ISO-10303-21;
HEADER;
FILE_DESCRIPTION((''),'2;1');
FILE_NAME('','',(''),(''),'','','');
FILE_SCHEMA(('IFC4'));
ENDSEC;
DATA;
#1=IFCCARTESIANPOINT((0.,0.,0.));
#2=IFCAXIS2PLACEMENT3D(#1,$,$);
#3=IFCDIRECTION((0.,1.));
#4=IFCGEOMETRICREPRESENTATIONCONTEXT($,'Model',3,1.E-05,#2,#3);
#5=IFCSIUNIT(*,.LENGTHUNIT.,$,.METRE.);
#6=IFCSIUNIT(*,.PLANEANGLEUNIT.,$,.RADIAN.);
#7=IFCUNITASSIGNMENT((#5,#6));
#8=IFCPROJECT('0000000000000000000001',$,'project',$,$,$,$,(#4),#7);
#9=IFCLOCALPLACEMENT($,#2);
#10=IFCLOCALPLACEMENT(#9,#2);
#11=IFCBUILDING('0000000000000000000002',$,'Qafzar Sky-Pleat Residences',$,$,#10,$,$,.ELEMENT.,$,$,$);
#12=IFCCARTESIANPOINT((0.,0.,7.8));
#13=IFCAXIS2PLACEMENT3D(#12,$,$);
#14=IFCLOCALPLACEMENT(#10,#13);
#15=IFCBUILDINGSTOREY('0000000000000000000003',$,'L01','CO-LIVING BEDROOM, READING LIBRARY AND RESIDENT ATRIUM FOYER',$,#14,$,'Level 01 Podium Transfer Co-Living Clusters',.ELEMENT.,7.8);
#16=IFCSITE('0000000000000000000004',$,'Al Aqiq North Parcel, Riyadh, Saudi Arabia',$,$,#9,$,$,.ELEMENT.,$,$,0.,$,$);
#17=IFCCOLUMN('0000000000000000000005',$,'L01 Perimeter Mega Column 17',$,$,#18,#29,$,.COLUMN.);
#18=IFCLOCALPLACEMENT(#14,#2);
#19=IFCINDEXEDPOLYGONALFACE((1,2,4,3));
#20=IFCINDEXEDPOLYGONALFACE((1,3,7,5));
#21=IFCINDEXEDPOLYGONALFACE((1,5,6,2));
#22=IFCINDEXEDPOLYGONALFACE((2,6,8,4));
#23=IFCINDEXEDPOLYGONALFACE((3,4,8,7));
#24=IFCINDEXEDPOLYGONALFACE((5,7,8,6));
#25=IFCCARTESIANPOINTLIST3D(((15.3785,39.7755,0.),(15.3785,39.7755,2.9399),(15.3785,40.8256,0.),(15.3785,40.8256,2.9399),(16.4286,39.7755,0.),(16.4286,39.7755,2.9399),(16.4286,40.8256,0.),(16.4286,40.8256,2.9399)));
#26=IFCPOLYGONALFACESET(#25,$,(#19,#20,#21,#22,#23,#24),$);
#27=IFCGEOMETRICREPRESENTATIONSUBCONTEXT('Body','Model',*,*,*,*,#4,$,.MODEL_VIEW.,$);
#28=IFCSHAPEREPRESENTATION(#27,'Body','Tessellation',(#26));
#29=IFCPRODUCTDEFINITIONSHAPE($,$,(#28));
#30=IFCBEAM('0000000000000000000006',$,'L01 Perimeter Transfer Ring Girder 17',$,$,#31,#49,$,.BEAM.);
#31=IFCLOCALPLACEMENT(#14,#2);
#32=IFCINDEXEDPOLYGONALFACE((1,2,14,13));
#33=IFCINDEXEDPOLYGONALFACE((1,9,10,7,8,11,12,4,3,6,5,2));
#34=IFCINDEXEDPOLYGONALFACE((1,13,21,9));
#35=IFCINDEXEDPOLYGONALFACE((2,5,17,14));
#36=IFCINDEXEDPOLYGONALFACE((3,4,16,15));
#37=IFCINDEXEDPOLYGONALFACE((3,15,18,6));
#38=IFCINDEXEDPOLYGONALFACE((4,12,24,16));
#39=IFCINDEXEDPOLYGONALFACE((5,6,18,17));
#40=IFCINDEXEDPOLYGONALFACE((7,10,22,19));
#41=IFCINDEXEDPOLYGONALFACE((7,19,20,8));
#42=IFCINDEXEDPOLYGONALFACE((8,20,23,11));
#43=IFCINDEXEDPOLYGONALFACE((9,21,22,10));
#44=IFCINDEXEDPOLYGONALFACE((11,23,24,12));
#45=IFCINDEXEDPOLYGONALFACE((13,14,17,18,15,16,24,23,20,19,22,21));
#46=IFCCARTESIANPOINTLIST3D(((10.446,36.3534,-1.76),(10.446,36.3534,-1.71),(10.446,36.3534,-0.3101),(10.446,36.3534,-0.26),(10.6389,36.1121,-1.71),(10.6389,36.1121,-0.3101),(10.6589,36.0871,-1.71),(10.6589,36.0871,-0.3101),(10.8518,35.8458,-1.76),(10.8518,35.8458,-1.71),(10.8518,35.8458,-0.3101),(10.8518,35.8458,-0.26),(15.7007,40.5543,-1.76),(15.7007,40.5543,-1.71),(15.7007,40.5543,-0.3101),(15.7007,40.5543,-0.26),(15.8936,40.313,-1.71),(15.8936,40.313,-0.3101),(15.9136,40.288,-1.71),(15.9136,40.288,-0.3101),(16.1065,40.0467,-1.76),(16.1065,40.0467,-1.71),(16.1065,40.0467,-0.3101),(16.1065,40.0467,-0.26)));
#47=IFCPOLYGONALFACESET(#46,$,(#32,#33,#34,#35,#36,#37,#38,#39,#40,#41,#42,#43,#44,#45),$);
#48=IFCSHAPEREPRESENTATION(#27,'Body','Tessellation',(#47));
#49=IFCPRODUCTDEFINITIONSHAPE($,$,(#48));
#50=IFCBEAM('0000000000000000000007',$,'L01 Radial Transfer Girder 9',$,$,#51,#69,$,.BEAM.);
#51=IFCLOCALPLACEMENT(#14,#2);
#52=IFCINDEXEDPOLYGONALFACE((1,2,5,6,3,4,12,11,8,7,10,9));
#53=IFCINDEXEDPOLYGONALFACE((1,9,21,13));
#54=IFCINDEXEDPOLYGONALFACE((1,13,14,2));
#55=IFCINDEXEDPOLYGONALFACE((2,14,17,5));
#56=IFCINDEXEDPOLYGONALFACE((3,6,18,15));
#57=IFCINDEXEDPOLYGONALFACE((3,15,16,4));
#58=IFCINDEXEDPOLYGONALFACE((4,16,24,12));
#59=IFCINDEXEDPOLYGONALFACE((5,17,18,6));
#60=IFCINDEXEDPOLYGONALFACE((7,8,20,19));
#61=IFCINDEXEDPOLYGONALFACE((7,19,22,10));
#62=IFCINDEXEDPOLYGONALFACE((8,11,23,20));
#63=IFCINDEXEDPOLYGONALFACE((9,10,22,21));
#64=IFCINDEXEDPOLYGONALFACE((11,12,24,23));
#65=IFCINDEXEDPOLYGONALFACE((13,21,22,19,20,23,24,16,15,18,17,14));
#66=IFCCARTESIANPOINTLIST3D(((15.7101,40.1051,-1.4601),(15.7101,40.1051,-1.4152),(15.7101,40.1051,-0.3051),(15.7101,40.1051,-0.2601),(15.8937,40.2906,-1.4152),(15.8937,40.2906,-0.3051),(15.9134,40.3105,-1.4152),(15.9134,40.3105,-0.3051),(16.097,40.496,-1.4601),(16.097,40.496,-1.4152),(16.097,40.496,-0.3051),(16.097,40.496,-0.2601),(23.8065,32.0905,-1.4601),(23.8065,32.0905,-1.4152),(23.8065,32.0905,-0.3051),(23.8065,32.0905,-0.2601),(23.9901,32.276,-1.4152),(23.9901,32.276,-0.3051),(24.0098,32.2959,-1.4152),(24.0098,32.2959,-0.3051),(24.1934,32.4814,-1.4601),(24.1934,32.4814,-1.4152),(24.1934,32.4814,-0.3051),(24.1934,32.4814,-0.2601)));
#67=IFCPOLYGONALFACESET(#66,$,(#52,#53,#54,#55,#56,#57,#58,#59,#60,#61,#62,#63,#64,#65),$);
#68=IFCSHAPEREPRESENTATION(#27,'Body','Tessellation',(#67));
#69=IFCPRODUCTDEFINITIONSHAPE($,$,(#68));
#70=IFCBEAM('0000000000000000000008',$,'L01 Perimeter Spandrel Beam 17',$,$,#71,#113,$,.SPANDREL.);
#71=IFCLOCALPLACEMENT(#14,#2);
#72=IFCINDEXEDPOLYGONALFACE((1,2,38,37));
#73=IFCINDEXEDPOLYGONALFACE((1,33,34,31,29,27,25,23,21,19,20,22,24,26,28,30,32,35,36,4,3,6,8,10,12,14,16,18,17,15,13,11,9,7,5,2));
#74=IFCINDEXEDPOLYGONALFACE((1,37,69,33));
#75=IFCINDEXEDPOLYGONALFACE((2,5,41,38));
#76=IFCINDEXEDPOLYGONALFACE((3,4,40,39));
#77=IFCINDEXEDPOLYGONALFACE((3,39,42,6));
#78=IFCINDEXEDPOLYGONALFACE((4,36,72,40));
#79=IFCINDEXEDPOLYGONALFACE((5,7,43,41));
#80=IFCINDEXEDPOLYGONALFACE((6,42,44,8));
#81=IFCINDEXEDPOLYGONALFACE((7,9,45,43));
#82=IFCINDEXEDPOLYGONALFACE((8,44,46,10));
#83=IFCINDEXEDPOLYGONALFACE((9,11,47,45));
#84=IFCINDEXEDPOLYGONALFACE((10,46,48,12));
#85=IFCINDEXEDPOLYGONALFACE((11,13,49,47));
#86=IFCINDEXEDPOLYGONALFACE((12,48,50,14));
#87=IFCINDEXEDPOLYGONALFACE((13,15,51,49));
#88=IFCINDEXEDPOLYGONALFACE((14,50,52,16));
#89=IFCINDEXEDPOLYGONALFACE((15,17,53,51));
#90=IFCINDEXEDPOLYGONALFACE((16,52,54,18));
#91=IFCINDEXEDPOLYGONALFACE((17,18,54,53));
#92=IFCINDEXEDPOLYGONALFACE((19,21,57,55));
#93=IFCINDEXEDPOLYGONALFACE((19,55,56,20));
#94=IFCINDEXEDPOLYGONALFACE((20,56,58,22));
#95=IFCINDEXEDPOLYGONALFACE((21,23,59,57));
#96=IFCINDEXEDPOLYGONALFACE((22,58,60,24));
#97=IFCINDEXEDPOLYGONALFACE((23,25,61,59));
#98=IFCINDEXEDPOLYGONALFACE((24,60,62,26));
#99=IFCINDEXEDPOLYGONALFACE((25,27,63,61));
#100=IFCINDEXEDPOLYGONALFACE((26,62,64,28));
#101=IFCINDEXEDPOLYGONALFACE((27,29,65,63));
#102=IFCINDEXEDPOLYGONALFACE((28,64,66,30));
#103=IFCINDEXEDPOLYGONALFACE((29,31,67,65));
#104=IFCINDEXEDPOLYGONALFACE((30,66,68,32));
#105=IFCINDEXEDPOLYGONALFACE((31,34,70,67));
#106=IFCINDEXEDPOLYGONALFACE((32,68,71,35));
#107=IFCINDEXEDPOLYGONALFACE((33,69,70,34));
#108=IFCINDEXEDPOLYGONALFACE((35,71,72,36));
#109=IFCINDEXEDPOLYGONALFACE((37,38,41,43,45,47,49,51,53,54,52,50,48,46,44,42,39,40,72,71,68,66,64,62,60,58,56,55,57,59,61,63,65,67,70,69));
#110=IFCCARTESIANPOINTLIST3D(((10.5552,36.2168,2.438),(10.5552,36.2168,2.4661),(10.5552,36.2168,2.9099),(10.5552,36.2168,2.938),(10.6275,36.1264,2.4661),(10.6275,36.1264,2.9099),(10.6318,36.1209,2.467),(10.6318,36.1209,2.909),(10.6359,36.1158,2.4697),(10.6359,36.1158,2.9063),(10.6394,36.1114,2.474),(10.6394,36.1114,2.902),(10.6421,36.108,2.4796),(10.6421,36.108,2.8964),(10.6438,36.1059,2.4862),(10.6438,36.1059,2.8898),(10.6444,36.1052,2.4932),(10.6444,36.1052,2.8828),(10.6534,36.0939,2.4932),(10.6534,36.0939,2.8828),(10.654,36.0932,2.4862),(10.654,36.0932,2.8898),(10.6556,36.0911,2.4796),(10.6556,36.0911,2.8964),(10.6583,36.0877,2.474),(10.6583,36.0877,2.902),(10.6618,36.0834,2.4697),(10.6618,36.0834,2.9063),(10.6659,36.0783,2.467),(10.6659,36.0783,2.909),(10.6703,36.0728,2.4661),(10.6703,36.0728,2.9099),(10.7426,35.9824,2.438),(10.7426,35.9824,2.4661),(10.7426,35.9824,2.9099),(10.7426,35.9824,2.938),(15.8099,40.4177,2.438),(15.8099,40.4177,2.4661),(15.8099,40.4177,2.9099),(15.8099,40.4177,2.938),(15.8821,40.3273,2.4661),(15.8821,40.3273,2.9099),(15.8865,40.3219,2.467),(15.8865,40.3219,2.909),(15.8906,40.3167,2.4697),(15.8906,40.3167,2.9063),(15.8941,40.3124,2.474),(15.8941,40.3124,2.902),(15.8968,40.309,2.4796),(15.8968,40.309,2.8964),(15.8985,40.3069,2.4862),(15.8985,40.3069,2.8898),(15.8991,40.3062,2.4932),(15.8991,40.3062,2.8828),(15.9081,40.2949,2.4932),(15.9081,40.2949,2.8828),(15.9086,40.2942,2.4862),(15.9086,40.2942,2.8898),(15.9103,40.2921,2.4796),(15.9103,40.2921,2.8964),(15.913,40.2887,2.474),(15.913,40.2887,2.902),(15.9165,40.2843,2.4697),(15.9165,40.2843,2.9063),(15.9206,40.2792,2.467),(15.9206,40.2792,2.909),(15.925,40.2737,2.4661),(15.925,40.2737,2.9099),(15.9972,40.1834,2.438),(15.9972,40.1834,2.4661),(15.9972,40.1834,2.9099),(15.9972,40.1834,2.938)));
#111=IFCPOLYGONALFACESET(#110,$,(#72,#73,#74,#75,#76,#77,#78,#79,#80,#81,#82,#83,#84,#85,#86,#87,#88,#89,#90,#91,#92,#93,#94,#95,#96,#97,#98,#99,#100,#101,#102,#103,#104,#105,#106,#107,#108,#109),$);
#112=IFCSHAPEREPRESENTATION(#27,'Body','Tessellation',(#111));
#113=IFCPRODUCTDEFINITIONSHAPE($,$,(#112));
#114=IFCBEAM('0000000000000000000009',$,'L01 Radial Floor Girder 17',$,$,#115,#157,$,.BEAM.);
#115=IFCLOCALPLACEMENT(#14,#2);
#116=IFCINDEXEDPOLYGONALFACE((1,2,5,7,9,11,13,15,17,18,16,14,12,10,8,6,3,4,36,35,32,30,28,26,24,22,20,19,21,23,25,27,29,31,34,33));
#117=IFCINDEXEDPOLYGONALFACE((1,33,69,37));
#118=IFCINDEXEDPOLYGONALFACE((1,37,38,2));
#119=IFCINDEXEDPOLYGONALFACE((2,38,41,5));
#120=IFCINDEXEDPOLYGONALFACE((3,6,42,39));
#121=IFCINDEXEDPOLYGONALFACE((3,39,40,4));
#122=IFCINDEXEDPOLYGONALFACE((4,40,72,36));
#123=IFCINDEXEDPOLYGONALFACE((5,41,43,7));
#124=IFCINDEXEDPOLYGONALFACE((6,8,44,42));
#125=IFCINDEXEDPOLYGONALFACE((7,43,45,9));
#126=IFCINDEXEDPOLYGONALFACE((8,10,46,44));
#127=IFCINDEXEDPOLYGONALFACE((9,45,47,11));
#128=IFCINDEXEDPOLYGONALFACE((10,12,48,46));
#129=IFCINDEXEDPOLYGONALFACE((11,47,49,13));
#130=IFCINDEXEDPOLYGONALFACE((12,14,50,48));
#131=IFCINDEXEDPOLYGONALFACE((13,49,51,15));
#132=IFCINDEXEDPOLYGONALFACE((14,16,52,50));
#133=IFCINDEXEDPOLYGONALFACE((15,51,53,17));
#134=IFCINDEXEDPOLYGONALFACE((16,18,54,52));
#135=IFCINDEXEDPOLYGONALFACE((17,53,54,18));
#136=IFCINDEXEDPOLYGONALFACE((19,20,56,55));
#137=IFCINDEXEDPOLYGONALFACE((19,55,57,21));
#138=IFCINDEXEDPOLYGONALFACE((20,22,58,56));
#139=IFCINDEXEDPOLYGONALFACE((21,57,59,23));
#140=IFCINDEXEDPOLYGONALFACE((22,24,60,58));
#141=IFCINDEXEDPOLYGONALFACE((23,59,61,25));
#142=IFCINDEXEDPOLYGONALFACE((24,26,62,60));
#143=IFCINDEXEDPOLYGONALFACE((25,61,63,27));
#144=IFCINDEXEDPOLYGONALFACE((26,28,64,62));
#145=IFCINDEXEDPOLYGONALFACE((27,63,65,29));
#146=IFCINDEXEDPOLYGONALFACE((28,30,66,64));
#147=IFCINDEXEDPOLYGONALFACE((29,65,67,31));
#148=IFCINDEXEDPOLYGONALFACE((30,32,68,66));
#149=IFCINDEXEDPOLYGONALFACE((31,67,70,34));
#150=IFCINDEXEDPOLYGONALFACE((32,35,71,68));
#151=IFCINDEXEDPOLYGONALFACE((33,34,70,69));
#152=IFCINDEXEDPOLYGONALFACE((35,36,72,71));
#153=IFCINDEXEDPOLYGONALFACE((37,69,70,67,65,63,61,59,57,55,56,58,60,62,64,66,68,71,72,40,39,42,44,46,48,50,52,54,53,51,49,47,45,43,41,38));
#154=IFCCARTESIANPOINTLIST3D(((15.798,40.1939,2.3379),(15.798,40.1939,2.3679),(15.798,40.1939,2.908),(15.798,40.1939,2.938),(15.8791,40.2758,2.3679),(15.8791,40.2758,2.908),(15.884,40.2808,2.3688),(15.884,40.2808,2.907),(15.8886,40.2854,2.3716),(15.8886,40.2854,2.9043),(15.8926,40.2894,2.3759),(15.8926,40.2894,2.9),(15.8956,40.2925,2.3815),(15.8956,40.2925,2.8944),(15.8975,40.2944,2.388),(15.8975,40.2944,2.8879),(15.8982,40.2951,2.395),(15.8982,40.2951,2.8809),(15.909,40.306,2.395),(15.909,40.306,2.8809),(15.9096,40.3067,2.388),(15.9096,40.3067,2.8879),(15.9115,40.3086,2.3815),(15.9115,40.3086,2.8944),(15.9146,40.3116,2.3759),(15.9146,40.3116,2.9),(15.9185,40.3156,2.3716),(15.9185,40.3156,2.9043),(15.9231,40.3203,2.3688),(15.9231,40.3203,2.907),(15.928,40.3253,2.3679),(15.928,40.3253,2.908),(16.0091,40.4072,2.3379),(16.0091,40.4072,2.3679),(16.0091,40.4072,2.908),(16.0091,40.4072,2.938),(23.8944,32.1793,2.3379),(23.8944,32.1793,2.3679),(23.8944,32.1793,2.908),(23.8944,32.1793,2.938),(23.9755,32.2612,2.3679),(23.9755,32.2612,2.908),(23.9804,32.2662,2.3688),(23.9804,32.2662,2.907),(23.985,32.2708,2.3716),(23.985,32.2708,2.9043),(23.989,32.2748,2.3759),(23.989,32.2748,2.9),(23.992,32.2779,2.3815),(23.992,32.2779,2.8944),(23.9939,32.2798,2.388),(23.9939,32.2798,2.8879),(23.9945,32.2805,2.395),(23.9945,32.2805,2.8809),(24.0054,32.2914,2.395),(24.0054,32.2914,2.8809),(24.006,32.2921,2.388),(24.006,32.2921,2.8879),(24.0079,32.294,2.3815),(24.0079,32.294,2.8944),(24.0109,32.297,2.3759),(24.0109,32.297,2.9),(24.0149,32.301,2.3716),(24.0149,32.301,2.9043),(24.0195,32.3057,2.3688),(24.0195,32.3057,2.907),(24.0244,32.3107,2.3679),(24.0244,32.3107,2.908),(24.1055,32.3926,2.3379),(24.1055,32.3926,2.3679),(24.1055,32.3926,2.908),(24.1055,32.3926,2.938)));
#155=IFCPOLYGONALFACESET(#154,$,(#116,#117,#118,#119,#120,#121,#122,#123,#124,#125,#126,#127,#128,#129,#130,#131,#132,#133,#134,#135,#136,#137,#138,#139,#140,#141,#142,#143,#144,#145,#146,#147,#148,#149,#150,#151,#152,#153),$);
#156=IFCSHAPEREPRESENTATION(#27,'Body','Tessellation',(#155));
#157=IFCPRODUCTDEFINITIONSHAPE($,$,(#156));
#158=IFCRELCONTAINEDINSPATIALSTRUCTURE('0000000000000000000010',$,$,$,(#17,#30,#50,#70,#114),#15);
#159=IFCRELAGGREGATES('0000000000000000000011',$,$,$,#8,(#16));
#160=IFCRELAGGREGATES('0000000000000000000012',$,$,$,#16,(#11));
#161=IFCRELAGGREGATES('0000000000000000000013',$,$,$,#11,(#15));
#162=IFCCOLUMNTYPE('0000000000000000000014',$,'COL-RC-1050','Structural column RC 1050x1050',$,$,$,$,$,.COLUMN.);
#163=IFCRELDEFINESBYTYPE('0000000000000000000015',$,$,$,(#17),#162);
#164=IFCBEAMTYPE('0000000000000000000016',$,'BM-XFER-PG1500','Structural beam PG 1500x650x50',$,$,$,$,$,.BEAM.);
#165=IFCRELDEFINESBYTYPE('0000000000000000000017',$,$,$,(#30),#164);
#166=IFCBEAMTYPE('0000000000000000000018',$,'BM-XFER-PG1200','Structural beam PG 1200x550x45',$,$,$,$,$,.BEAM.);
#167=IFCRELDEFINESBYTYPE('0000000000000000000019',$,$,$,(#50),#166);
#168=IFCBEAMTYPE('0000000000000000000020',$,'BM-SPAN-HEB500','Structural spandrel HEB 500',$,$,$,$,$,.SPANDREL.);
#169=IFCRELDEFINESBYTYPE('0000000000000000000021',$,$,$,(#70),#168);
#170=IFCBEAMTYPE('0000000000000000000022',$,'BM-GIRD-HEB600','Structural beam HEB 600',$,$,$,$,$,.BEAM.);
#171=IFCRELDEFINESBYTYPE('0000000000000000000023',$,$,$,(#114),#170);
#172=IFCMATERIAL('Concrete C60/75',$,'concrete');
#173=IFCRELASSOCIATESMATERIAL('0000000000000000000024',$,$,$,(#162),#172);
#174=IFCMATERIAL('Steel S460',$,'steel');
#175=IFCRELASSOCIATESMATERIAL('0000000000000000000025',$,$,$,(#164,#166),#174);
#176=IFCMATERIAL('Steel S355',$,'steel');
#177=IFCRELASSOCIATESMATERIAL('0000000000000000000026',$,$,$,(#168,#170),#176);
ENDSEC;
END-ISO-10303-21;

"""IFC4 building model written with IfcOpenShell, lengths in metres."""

from ifc_helpers import new_model, si_unit, direction, frame, origin, origin_2d, place, context, subcontext, project, spatial, rectangle, i_section, extrude, source, transform, mapped, material, material_profile, profile_set, type_object, element, save


model = new_model("IFC4")

# Units and contexts
model_context = context("Model", 3, precision=1e-05, world=origin(), true_north=direction((0.0, 1.0)))
body_context = subcontext(model_context, "Body", "Model", "MODEL_VIEW")
ifc_project = project(units=[si_unit("LENGTHUNIT", "METRE"), si_unit("PLANEANGLEUNIT", "RADIAN")], contexts=[model_context])

# Site, building, storey
site_placement = place(None, origin())
site = spatial("IfcSite", under=ifc_project, at=site_placement, Name="Al Aqiq North Parcel, Riyadh, Saudi Arabia", CompositionType="ELEMENT", RefElevation=0.0)
building_placement = place(site_placement, origin())
building = spatial("IfcBuilding", under=site, at=building_placement, Name="Qafzar Sky-Pleat Residences", CompositionType="ELEMENT")
storey_placement = place(building_placement, frame((0.0, 0.0, 7.8)))
storey = spatial("IfcBuildingStorey", under=building, at=storey_placement, Name="L01", Description="CO-LIVING BEDROOM, READING LIBRARY AND RESIDENT ATRIUM FOYER", LongName="Level 01 Podium Transfer Co-Living Clusters", CompositionType="ELEMENT", Elevation=7.8)

# Column
ifc_material_1 = material(Name="Concrete C60/75", Category="concrete")
ifc_material_profile_1 = material_profile(ifc_material_1, rectangle(XDim=1.05, YDim=1.05, at=origin_2d()), Name="RC 1050x1050")
ifc_profile_set_1 = profile_set([ifc_material_profile_1], Name="Concrete C60/75")
column_type = type_object("IfcColumnType", Name="COL-RC-1050", Description="Structural column RC 1050x1050", PredefinedType="COLUMN", material=ifc_profile_set_1)
shared_shape_1 = source(origin(), body_context, "Body", "SweptSolid", [
    extrude(rectangle(XDim=1.05, YDim=1.05, at=origin_2d()), origin(), (0.0, 0.0, 1.0), 2.9399),
])
column_placement = place(storey_placement, frame((15.9036, 40.3005, 0.0), z_axis=(0.0, 0.0, 1.0), x_axis=(1.0, 0.0, 0.0)))
element("IfcColumn", 1, at=column_placement, inside=storey, type_object=column_type, Name="L01 Perimeter Mega Column 17", PredefinedType="COLUMN", context=body_context, shape_type="MappedRepresentation", body=[
    mapped(shared_shape_1, transform((0.0, 0.0, 0.0), x_axis=(1.0, 0.0, 0.0), y_axis=(0.0, 1.0, 0.0), z_axis=(0.0, 0.0, 1.0), scale=1.0)),
])

# Beams
ifc_material_2 = material(Name="Steel S460", Category="steel")
ifc_material_profile_2 = material_profile(ifc_material_2, i_section(OverallWidth=0.6499, OverallDepth=1.5, WebThickness=0.032, FlangeThickness=0.05, at=origin_2d()), Name="PG 1500x650x50")
ifc_profile_set_2 = profile_set([ifc_material_profile_2], Name="Steel S460")
beam_type_1 = type_object("IfcBeamType", Name="BM-XFER-PG1500", Description="Structural beam PG 1500x650x50", PredefinedType="BEAM", material=ifc_profile_set_2)
shared_shape_2 = source(origin(), body_context, "Body", "SweptSolid", [
    extrude(i_section(OverallWidth=0.6499, OverallDepth=1.5, WebThickness=0.032, FlangeThickness=0.05, at=origin_2d()), origin(), (0.0, 0.0, 1.0), 6.7275),
])
beam_1_placement = place(storey_placement, frame((15.9036, 40.3005, -1.01), z_axis=(-0.781071, -0.624443, 0.0), x_axis=(0.624443, -0.781071, 0.0)))
element("IfcBeam", 2, at=beam_1_placement, inside=storey, type_object=beam_type_1, Name="L01 Perimeter Transfer Ring Girder 17", PredefinedType="BEAM", context=body_context, shape_type="MappedRepresentation", body=[
    mapped(shared_shape_2, transform((0.0, 0.0, 0.0), x_axis=(1.0, 0.0, 0.0), y_axis=(0.0, 1.0, 0.0), z_axis=(0.0, 0.0, 1.0), scale=1.0)),
])
ifc_material_profile_3 = material_profile(ifc_material_2, i_section(OverallWidth=0.55, OverallDepth=1.2, WebThickness=0.0281, FlangeThickness=0.0449, at=origin_2d()), Name="PG 1200x550x45")
ifc_profile_set_3 = profile_set([ifc_material_profile_3], Name="Steel S460")
beam_type_2 = type_object("IfcBeamType", Name="BM-XFER-PG1200", Description="Structural beam PG 1200x550x45", PredefinedType="BEAM", material=ifc_profile_set_3)
shared_shape_3 = source(origin(), body_context, "Body", "SweptSolid", [
    extrude(i_section(OverallWidth=0.55, OverallDepth=1.2, WebThickness=0.0281, FlangeThickness=0.0449, at=origin_2d()), origin(), (0.0, 0.0, 1.0), 11.3923),
])
beam_2_placement = place(storey_placement, frame((15.9036, 40.3005, -0.8601), z_axis=(0.710687, -0.703508, 0.0), x_axis=(0.703508, 0.710687, 0.0)))
element("IfcBeam", 3, at=beam_2_placement, inside=storey, type_object=beam_type_2, Name="L01 Radial Transfer Girder 9", PredefinedType="BEAM", context=body_context, shape_type="MappedRepresentation", body=[
    mapped(shared_shape_3, transform((0.0, 0.0, 0.0), x_axis=(1.0, 0.0, 0.0), y_axis=(0.0, 1.0, 0.0), z_axis=(0.0, 0.0, 1.0), scale=1.0)),
])
ifc_material_3 = material(Name="Steel S355", Category="steel")
ifc_material_profile_4 = material_profile(ifc_material_3, i_section(OverallWidth=0.3, OverallDepth=0.5, WebThickness=0.0144, FlangeThickness=0.0281, FilletRadius=0.0271, at=origin_2d()), Name="HEB 500")
ifc_profile_set_4 = profile_set([ifc_material_profile_4], Name="Steel S355")
beam_type_3 = type_object("IfcBeamType", Name="BM-SPAN-HEB500", Description="Structural spandrel HEB 500", PredefinedType="SPANDREL", material=ifc_profile_set_4)
shared_shape_4 = source(origin(), body_context, "Body", "SweptSolid", [
    extrude(i_section(OverallWidth=0.3, OverallDepth=0.5, WebThickness=0.0144, FlangeThickness=0.0281, FilletRadius=0.0271, at=origin_2d()), origin(), (0.0, 0.0, 1.0), 6.7275),
])
beam_3_placement = place(storey_placement, frame((15.9036, 40.3005, 2.688), z_axis=(-0.781071, -0.624443, 0.0), x_axis=(0.624443, -0.781071, 0.0)))
element("IfcBeam", 4, at=beam_3_placement, inside=storey, type_object=beam_type_3, Name="L01 Perimeter Spandrel Beam 17", PredefinedType="SPANDREL", context=body_context, shape_type="MappedRepresentation", body=[
    mapped(shared_shape_4, transform((0.0, 0.0, 0.0), x_axis=(1.0, 0.0, 0.0), y_axis=(0.0, 1.0, 0.0), z_axis=(0.0, 0.0, 1.0), scale=1.0)),
])
ifc_material_profile_5 = material_profile(ifc_material_3, i_section(OverallWidth=0.3, OverallDepth=0.6001, WebThickness=0.0154, FlangeThickness=0.03, FilletRadius=0.0271, at=origin_2d()), Name="HEB 600")
ifc_profile_set_5 = profile_set([ifc_material_profile_5], Name="Steel S355")
beam_type_4 = type_object("IfcBeamType", Name="BM-GIRD-HEB600", Description="Structural beam HEB 600", PredefinedType="BEAM", material=ifc_profile_set_5)
shared_shape_5 = source(origin(), body_context, "Body", "SweptSolid", [
    extrude(i_section(OverallWidth=0.3, OverallDepth=0.6001, WebThickness=0.0154, FlangeThickness=0.03, FilletRadius=0.0271, at=origin_2d()), origin(), (0.0, 0.0, 1.0), 11.3923),
])
beam_4_placement = place(storey_placement, frame((15.9036, 40.3005, 2.6379), z_axis=(0.710687, -0.703508, 0.0), x_axis=(0.703508, 0.710687, 0.0)))
element("IfcBeam", 5, at=beam_4_placement, inside=storey, type_object=beam_type_4, Name="L01 Radial Floor Girder 17", PredefinedType="BEAM", context=body_context, shape_type="MappedRepresentation", body=[
    mapped(shared_shape_5, transform((0.0, 0.0, 0.0), x_axis=(1.0, 0.0, 0.0), y_axis=(0.0, 1.0, 0.0), z_axis=(0.0, 0.0, 1.0), scale=1.0)),
])

save(model, "model.ifc")
